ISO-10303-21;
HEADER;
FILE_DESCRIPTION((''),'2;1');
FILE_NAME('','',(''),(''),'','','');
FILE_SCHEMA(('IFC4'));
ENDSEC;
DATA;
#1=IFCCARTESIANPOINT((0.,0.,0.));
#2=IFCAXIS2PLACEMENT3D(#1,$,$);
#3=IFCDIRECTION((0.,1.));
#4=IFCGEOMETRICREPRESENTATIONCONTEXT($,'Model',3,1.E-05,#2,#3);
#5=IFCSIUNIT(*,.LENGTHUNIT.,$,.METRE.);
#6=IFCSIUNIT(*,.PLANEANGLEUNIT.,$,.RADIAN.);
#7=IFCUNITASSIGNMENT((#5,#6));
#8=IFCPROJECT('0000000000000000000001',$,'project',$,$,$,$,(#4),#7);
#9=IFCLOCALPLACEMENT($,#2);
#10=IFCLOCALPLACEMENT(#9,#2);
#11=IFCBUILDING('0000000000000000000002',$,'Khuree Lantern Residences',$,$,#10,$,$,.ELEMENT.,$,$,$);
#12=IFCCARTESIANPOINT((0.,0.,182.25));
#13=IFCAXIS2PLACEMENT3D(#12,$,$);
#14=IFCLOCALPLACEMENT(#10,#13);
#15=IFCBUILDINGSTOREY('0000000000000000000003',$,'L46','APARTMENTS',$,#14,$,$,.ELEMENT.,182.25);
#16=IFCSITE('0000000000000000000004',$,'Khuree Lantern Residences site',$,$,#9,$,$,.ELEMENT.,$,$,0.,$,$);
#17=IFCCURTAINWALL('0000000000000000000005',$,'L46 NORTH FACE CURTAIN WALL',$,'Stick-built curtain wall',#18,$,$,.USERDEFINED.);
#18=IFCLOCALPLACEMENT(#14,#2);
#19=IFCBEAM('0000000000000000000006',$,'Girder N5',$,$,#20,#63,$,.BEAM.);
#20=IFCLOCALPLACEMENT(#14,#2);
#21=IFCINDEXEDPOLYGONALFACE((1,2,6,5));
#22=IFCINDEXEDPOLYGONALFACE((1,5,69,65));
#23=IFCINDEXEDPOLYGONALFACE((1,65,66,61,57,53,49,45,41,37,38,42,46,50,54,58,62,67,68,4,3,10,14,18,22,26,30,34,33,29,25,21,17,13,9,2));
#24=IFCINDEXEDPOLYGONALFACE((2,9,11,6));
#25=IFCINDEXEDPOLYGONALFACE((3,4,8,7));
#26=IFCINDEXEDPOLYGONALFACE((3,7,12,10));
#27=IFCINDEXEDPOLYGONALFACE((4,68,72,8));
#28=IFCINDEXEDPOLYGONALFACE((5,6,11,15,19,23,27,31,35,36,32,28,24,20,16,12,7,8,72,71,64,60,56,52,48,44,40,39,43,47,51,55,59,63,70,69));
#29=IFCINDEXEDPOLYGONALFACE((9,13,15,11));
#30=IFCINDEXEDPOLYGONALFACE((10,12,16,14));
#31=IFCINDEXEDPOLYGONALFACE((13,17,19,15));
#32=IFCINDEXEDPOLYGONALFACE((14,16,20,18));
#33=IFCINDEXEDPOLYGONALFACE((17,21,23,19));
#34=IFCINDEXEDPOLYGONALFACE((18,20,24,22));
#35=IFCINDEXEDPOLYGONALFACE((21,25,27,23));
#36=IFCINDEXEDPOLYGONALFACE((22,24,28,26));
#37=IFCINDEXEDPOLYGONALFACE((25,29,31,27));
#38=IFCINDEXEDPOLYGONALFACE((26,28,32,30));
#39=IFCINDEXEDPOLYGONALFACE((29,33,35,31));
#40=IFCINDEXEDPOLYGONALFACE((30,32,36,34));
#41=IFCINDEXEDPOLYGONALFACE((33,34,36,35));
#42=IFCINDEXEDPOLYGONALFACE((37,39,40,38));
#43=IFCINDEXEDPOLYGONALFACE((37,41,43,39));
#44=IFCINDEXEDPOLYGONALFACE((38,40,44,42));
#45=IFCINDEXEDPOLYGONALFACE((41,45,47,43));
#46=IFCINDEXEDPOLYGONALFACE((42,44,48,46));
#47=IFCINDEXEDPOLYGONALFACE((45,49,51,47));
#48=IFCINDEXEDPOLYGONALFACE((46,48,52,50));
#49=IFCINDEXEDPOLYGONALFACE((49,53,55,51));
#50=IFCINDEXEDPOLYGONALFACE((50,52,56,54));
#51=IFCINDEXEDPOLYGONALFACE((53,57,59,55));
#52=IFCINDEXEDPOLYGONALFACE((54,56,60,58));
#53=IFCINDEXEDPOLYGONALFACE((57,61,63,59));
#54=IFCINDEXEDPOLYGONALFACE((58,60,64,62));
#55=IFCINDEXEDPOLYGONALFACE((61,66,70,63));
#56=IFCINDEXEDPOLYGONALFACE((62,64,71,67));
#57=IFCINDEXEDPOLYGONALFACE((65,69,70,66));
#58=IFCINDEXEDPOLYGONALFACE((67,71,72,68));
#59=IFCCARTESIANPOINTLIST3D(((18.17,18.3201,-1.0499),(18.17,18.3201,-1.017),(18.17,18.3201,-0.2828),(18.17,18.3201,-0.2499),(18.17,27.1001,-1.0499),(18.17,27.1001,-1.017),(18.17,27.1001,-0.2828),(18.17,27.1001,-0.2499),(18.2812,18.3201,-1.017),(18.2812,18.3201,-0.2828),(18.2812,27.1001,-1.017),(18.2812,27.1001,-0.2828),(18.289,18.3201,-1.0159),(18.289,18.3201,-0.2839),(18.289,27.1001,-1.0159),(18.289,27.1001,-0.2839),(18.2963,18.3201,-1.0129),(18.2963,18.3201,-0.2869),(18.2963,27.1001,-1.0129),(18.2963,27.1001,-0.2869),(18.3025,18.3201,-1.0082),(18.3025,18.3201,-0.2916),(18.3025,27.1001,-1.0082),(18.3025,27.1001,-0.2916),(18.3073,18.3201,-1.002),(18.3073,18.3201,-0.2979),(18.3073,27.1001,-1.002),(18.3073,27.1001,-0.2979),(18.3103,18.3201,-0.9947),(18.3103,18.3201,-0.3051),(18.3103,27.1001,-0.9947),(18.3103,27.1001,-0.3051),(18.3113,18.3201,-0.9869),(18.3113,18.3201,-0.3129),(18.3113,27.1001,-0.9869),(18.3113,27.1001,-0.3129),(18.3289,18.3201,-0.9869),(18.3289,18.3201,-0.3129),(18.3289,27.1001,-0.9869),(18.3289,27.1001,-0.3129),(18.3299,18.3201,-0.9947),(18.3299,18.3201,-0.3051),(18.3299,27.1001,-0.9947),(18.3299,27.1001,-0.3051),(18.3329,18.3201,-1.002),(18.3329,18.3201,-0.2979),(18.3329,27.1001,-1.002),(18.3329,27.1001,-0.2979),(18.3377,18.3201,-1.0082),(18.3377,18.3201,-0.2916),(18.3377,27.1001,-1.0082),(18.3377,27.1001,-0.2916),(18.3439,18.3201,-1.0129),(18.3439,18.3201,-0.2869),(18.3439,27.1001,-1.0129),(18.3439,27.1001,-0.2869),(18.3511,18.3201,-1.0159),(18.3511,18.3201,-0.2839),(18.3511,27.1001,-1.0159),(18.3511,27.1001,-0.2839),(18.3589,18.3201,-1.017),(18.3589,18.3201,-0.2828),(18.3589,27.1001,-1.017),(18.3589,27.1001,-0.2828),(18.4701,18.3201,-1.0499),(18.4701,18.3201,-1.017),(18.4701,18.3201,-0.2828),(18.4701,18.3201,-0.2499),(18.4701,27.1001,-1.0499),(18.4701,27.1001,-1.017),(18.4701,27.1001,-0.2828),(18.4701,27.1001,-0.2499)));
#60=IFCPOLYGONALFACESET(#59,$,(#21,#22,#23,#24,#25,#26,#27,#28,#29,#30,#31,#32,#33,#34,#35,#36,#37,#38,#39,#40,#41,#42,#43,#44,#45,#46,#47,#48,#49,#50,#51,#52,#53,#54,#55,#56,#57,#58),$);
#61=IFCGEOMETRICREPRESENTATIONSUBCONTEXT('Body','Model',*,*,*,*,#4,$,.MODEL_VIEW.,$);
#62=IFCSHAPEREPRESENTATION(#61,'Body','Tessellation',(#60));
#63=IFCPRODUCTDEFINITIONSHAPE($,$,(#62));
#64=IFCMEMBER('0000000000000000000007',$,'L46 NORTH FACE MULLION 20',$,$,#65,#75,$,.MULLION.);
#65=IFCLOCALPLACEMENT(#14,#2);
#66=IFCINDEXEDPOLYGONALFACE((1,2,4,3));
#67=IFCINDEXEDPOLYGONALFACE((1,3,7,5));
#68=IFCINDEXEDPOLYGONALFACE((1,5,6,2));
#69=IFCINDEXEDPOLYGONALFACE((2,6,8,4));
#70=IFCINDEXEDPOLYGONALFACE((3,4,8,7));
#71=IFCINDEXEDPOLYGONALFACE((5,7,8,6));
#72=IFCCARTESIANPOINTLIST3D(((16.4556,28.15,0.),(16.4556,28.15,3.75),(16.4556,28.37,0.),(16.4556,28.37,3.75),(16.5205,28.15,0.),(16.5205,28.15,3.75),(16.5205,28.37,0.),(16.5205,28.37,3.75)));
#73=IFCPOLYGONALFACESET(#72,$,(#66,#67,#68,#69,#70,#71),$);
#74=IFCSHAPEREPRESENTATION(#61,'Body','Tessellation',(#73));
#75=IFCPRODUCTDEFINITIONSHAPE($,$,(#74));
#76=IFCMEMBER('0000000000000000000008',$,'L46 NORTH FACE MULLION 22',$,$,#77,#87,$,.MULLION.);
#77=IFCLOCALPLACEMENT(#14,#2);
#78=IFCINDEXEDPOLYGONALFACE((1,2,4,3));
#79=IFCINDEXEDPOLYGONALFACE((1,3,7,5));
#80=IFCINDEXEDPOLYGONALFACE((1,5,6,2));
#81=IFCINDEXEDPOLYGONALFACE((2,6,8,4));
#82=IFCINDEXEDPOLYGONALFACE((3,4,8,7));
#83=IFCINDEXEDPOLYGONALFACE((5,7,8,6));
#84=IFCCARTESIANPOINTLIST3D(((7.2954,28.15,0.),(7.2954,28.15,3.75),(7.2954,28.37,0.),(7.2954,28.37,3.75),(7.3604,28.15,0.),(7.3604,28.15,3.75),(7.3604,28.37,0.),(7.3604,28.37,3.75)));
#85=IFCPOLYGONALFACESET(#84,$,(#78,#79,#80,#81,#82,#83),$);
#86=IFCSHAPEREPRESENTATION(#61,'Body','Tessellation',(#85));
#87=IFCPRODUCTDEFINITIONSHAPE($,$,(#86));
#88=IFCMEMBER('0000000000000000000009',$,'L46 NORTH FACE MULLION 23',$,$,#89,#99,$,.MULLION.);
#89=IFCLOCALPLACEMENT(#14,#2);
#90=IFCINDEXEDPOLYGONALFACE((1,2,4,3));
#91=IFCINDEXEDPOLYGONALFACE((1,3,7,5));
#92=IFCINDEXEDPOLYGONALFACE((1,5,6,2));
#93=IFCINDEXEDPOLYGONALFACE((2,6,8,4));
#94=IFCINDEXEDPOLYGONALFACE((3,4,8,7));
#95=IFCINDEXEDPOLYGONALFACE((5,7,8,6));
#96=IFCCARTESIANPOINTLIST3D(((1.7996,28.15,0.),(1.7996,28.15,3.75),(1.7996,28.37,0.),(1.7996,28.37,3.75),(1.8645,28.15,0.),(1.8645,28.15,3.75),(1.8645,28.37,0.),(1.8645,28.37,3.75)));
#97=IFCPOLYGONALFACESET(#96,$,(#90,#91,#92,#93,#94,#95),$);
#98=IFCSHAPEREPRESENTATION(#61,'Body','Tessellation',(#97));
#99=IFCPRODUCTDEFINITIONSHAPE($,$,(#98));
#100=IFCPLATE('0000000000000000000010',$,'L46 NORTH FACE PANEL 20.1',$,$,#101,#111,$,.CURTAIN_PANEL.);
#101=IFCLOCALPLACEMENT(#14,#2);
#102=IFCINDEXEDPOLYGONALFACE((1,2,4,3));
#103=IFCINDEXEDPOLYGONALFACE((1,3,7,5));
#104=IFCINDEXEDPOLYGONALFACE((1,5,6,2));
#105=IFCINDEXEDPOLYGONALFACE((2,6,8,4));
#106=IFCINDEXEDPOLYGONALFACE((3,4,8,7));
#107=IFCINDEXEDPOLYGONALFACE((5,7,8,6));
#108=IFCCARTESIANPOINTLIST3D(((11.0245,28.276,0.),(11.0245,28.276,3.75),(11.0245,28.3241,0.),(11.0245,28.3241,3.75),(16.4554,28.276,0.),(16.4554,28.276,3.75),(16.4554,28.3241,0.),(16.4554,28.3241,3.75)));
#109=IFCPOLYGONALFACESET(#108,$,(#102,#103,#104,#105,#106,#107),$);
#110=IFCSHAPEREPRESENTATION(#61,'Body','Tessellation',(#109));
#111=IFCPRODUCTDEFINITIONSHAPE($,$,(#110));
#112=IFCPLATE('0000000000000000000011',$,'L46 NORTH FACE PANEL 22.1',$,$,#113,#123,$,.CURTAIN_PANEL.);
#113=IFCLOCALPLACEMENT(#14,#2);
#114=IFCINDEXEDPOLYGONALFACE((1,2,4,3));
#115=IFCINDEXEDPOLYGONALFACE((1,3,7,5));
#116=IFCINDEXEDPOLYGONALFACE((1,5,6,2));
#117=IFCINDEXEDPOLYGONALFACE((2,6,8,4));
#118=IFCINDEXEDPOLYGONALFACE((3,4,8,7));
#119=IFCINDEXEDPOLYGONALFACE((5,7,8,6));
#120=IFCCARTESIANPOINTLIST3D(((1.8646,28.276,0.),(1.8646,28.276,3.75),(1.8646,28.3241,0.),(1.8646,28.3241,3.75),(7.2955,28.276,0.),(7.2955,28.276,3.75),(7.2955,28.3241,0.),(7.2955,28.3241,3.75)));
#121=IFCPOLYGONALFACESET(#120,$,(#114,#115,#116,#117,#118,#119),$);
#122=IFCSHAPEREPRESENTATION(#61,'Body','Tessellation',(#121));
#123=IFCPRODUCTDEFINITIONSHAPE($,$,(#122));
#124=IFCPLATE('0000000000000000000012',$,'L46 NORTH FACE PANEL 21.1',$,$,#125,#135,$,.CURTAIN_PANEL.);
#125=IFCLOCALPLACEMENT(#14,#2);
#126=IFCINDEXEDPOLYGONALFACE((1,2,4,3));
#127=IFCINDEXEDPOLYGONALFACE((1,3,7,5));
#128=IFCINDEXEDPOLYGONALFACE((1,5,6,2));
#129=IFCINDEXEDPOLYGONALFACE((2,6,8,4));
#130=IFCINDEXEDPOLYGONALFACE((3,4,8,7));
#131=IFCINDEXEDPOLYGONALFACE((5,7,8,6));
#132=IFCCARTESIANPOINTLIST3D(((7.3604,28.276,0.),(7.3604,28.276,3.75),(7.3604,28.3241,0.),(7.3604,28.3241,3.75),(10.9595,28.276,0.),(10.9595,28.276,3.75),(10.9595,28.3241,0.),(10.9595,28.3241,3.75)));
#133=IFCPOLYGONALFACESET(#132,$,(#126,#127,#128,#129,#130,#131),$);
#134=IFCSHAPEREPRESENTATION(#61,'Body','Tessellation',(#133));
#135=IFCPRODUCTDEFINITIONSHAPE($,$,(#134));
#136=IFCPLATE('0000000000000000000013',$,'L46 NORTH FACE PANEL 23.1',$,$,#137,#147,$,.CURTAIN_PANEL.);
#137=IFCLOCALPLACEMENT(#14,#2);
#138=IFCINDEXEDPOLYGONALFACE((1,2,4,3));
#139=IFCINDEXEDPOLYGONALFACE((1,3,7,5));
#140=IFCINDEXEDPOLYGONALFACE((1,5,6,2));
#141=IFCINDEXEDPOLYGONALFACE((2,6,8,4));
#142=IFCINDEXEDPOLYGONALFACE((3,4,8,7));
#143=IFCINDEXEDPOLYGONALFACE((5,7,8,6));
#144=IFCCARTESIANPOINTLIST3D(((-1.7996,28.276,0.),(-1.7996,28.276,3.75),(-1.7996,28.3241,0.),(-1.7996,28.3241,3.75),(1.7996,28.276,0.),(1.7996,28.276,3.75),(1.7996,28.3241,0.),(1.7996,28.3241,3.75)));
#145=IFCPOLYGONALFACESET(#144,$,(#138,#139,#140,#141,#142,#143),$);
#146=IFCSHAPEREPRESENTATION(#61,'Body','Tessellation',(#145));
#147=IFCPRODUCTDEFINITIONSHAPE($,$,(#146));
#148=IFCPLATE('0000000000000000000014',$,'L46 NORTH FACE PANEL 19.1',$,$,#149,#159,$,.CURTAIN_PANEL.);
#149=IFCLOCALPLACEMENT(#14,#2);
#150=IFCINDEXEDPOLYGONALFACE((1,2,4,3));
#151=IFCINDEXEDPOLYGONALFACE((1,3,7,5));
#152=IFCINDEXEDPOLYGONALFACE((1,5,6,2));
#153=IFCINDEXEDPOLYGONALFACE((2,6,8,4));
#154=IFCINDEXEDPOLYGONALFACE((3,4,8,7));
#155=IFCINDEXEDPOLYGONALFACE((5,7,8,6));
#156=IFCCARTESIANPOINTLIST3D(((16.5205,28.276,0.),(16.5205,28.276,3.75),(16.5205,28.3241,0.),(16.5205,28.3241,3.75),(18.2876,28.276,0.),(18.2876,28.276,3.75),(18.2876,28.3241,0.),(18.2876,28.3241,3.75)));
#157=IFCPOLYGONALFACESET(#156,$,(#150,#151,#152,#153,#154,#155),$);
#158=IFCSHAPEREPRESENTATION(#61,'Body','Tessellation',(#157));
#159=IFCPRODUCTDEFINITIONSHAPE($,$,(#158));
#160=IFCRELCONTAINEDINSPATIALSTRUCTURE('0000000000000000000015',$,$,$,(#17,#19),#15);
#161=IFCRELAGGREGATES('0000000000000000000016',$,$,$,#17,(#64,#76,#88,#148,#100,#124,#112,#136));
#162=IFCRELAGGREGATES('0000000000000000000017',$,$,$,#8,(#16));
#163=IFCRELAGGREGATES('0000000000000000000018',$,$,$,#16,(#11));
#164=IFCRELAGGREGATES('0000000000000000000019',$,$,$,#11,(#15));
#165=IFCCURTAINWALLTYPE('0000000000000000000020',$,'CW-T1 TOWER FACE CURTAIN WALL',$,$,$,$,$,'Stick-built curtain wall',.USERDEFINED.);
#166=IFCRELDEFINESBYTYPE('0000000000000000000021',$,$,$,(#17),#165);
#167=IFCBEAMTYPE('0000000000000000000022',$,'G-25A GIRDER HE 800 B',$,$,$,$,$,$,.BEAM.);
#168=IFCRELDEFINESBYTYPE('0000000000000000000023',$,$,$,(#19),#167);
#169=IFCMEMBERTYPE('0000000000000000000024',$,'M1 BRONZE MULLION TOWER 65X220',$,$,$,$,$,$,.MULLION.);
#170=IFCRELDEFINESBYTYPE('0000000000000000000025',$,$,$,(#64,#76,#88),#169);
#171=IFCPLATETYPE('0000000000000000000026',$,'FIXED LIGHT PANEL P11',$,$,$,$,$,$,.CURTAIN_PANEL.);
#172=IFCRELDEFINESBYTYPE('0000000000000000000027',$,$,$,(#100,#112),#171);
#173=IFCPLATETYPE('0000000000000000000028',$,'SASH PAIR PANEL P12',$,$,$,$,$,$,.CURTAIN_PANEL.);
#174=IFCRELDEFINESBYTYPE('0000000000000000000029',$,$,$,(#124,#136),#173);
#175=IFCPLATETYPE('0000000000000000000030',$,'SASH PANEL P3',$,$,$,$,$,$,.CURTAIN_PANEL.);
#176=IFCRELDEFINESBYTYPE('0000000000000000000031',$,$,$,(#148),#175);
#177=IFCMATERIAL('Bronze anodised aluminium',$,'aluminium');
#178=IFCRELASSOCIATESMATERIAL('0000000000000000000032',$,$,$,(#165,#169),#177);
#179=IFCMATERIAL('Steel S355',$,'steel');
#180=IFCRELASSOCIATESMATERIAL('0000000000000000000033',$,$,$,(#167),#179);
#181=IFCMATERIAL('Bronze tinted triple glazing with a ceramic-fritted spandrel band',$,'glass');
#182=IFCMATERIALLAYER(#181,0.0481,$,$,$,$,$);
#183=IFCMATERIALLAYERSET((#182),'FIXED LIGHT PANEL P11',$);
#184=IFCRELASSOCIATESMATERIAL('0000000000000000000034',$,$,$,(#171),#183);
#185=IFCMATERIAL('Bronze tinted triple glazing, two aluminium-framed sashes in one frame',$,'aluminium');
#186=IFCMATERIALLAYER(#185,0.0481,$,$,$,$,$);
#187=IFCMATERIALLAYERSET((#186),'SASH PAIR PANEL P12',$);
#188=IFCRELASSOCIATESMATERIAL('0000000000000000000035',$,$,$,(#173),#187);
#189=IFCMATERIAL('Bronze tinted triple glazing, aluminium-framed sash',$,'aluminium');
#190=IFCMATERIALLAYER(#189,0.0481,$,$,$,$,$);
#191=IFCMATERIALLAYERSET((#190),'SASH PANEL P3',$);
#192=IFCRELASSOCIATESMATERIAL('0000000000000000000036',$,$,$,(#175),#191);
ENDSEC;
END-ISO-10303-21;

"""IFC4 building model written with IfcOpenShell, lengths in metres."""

from ifc_helpers import new_model, si_unit, direction, frame, origin, origin_2d, place, context, subcontext, project, spatial, rectangle, i_section, extrude, material, layer, layer_set, material_profile, profile_set, type_object, element, aggregate, save


model = new_model("IFC4")

# Units and contexts
model_context = context("Model", 3, precision=1e-05, world=origin(), true_north=direction((0.0, 1.0)))
body_context = subcontext(model_context, "Body", "Model", "MODEL_VIEW")
ifc_project = project(units=[si_unit("LENGTHUNIT", "METRE"), si_unit("PLANEANGLEUNIT", "RADIAN")], contexts=[model_context])

# Site, building, storey
site_placement = place(None, origin())
site = spatial("IfcSite", under=ifc_project, at=site_placement, Name="Khuree Lantern Residences site", CompositionType="ELEMENT", RefElevation=0.0)
building_placement = place(site_placement, origin())
building = spatial("IfcBuilding", under=site, at=building_placement, Name="Khuree Lantern Residences", CompositionType="ELEMENT")
storey_placement = place(building_placement, frame((0.0, 0.0, 182.25)))
storey = spatial("IfcBuildingStorey", under=building, at=storey_placement, Name="L46", Description="APARTMENTS", CompositionType="ELEMENT", Elevation=182.25)

# Shared definitions
ifc_material_1 = material(Name="Steel S355", Category="steel")

# Curtain wall
ifc_material_2 = material(Name="Bronze anodised aluminium", Category="aluminium")
curtain_wall_type = type_object("IfcCurtainWallType", Name="CW-T1 TOWER FACE CURTAIN WALL", ElementType="Stick-built curtain wall", PredefinedType="USERDEFINED", material=ifc_material_2)
curtain_wall_placement = place(storey_placement, origin())
curtain_wall = element("IfcCurtainWall", 1, at=curtain_wall_placement, inside=storey, type_object=curtain_wall_type, Name="L46 NORTH FACE CURTAIN WALL", ObjectType="Stick-built curtain wall", PredefinedType="USERDEFINED")

# Beam
ifc_material_profile_1 = material_profile(ifc_material_1, i_section(OverallWidth=0.3, OverallDepth=0.8, WebThickness=0.0176, FlangeThickness=0.033, FilletRadius=0.03, at=origin_2d()), Name="HE 800 B")
ifc_profile_set_1 = profile_set([ifc_material_profile_1], Name="Steel S355")
beam_type_1 = type_object("IfcBeamType", Name="G-25A GIRDER HE 800 B", PredefinedType="BEAM", material=ifc_profile_set_1)
beam_1_placement = place(storey_placement, frame((18.3201, 27.1001, -0.6499), z_axis=(0.0, -1.0, 0.0), x_axis=(1.0, 0.0, 0.0)))
element("IfcBeam", 2, at=beam_1_placement, inside=storey, type_object=beam_type_1, Name="Girder N5", PredefinedType="BEAM", context=body_context, shape_type="SweptSolid", body=[
    extrude(i_section(OverallWidth=0.3, OverallDepth=0.8, WebThickness=0.0176, FlangeThickness=0.033, FilletRadius=0.03, at=origin_2d()), origin(), (0.0, 0.0, 1.0), 8.78),
])

# Members
ifc_material_profile_2 = material_profile(ifc_material_2, rectangle(XDim=0.0649, YDim=0.22, at=origin_2d()), Name="M1 65X220")
ifc_profile_set_2 = profile_set([ifc_material_profile_2], Name="Bronze anodised aluminium")
member_type_1 = type_object("IfcMemberType", Name="M1 BRONZE MULLION TOWER 65X220", PredefinedType="MULLION", material=ifc_profile_set_2)
member_1_placement = place(storey_placement, frame((16.488, 28.26, 0.0), z_axis=(0.0, 0.0, 1.0), x_axis=(-1.0, 0.0, 0.0)))
member_1 = element("IfcMember", 3, at=member_1_placement, type_object=member_type_1, Name="L46 NORTH FACE MULLION 20", PredefinedType="MULLION", context=body_context, shape_type="SweptSolid", body=[
    extrude(rectangle(XDim=0.0649, YDim=0.22, at=origin_2d()), origin(), (0.0, 0.0, 1.0), 3.75),
])
member_2_placement = place(storey_placement, frame((7.3279, 28.26, 0.0), z_axis=(0.0, 0.0, 1.0), x_axis=(-1.0, 0.0, 0.0)))
member_2 = element("IfcMember", 4, at=member_2_placement, type_object=member_type_1, Name="L46 NORTH FACE MULLION 22", PredefinedType="MULLION", context=body_context, shape_type="SweptSolid", body=[
    extrude(rectangle(XDim=0.0649, YDim=0.22, at=origin_2d()), origin(), (0.0, 0.0, 1.0), 3.75),
])
member_3_placement = place(storey_placement, frame((1.832, 28.26, 0.0), z_axis=(0.0, 0.0, 1.0), x_axis=(-1.0, 0.0, 0.0)))
member_3 = element("IfcMember", 5, at=member_3_placement, type_object=member_type_1, Name="L46 NORTH FACE MULLION 23", PredefinedType="MULLION", context=body_context, shape_type="SweptSolid", body=[
    extrude(rectangle(XDim=0.0649, YDim=0.22, at=origin_2d()), origin(), (0.0, 0.0, 1.0), 3.75),
])

# Plates
ifc_material_3 = material(Name="Bronze tinted triple glazing with a ceramic-fritted spandrel band", Category="glass")
ifc_layer_1 = layer(ifc_material_3, 0.0481)
ifc_layer_set_1 = layer_set([ifc_layer_1], Name="FIXED LIGHT PANEL P11")
plate_type_1 = type_object("IfcPlateType", Name="FIXED LIGHT PANEL P11", PredefinedType="CURTAIN_PANEL", material=ifc_layer_set_1)
plate_1_placement = place(storey_placement, frame((13.74, 28.3, 0.0), z_axis=(0.0, 0.0, 1.0), x_axis=(-1.0, 0.0, 0.0)))
plate_1 = element("IfcPlate", 6, at=plate_1_placement, type_object=plate_type_1, Name="L46 NORTH FACE PANEL 20.1", PredefinedType="CURTAIN_PANEL", context=body_context, shape_type="SweptSolid", body=[
    extrude(rectangle(XDim=5.4309, YDim=0.0481, at=origin_2d()), origin(), (0.0, 0.0, 1.0), 3.75),
])
plate_2_placement = place(storey_placement, frame((4.5801, 28.3, 0.0), z_axis=(0.0, 0.0, 1.0), x_axis=(-1.0, 0.0, 0.0)))
plate_2 = element("IfcPlate", 7, at=plate_2_placement, type_object=plate_type_1, Name="L46 NORTH FACE PANEL 22.1", PredefinedType="CURTAIN_PANEL", context=body_context, shape_type="SweptSolid", body=[
    extrude(rectangle(XDim=5.4309, YDim=0.0481, at=origin_2d()), origin(), (0.0, 0.0, 1.0), 3.75),
])
ifc_material_4 = material(Name="Bronze tinted triple glazing, two aluminium-framed sashes in one frame", Category="aluminium")
ifc_layer_2 = layer(ifc_material_4, 0.0481)
ifc_layer_set_2 = layer_set([ifc_layer_2], Name="SASH PAIR PANEL P12")
plate_type_2 = type_object("IfcPlateType", Name="SASH PAIR PANEL P12", PredefinedType="CURTAIN_PANEL", material=ifc_layer_set_2)
plate_3_placement = place(storey_placement, frame((9.1599, 28.3, 0.0), z_axis=(0.0, 0.0, 1.0), x_axis=(-1.0, 0.0, 0.0)))
plate_3 = element("IfcPlate", 8, at=plate_3_placement, type_object=plate_type_2, Name="L46 NORTH FACE PANEL 21.1", PredefinedType="CURTAIN_PANEL", context=body_context, shape_type="SweptSolid", body=[
    extrude(rectangle(XDim=3.5991, YDim=0.0481, at=origin_2d()), origin(), (0.0, 0.0, 1.0), 3.75),
])
plate_4_placement = place(storey_placement, frame((0.0, 28.3, 0.0), z_axis=(0.0, 0.0, 1.0), x_axis=(-1.0, 0.0, 0.0)))
plate_4 = element("IfcPlate", 9, at=plate_4_placement, type_object=plate_type_2, Name="L46 NORTH FACE PANEL 23.1", PredefinedType="CURTAIN_PANEL", context=body_context, shape_type="SweptSolid", body=[
    extrude(rectangle(XDim=3.5991, YDim=0.0481, at=origin_2d()), origin(), (0.0, 0.0, 1.0), 3.75),
])
ifc_material_5 = material(Name="Bronze tinted triple glazing, aluminium-framed sash", Category="aluminium")
ifc_layer_3 = layer(ifc_material_5, 0.0481)
ifc_layer_set_3 = layer_set([ifc_layer_3], Name="SASH PANEL P3")
plate_type_3 = type_object("IfcPlateType", Name="SASH PANEL P3", PredefinedType="CURTAIN_PANEL", material=ifc_layer_set_3)
plate_5_placement = place(storey_placement, frame((17.4041, 28.3, 0.0), z_axis=(0.0, 0.0, 1.0), x_axis=(-1.0, 0.0, 0.0)))
plate_5 = element("IfcPlate", 10, at=plate_5_placement, type_object=plate_type_3, Name="L46 NORTH FACE PANEL 19.1", PredefinedType="CURTAIN_PANEL", context=body_context, shape_type="SweptSolid", body=[
    extrude(rectangle(XDim=1.7671, YDim=0.0481, at=origin_2d()), origin(), (0.0, 0.0, 1.0), 3.75),
])
aggregate(curtain_wall, [member_1, member_2, member_3, plate_5, plate_1, plate_3, plate_2, plate_4])

save(model, "model.ifc")
